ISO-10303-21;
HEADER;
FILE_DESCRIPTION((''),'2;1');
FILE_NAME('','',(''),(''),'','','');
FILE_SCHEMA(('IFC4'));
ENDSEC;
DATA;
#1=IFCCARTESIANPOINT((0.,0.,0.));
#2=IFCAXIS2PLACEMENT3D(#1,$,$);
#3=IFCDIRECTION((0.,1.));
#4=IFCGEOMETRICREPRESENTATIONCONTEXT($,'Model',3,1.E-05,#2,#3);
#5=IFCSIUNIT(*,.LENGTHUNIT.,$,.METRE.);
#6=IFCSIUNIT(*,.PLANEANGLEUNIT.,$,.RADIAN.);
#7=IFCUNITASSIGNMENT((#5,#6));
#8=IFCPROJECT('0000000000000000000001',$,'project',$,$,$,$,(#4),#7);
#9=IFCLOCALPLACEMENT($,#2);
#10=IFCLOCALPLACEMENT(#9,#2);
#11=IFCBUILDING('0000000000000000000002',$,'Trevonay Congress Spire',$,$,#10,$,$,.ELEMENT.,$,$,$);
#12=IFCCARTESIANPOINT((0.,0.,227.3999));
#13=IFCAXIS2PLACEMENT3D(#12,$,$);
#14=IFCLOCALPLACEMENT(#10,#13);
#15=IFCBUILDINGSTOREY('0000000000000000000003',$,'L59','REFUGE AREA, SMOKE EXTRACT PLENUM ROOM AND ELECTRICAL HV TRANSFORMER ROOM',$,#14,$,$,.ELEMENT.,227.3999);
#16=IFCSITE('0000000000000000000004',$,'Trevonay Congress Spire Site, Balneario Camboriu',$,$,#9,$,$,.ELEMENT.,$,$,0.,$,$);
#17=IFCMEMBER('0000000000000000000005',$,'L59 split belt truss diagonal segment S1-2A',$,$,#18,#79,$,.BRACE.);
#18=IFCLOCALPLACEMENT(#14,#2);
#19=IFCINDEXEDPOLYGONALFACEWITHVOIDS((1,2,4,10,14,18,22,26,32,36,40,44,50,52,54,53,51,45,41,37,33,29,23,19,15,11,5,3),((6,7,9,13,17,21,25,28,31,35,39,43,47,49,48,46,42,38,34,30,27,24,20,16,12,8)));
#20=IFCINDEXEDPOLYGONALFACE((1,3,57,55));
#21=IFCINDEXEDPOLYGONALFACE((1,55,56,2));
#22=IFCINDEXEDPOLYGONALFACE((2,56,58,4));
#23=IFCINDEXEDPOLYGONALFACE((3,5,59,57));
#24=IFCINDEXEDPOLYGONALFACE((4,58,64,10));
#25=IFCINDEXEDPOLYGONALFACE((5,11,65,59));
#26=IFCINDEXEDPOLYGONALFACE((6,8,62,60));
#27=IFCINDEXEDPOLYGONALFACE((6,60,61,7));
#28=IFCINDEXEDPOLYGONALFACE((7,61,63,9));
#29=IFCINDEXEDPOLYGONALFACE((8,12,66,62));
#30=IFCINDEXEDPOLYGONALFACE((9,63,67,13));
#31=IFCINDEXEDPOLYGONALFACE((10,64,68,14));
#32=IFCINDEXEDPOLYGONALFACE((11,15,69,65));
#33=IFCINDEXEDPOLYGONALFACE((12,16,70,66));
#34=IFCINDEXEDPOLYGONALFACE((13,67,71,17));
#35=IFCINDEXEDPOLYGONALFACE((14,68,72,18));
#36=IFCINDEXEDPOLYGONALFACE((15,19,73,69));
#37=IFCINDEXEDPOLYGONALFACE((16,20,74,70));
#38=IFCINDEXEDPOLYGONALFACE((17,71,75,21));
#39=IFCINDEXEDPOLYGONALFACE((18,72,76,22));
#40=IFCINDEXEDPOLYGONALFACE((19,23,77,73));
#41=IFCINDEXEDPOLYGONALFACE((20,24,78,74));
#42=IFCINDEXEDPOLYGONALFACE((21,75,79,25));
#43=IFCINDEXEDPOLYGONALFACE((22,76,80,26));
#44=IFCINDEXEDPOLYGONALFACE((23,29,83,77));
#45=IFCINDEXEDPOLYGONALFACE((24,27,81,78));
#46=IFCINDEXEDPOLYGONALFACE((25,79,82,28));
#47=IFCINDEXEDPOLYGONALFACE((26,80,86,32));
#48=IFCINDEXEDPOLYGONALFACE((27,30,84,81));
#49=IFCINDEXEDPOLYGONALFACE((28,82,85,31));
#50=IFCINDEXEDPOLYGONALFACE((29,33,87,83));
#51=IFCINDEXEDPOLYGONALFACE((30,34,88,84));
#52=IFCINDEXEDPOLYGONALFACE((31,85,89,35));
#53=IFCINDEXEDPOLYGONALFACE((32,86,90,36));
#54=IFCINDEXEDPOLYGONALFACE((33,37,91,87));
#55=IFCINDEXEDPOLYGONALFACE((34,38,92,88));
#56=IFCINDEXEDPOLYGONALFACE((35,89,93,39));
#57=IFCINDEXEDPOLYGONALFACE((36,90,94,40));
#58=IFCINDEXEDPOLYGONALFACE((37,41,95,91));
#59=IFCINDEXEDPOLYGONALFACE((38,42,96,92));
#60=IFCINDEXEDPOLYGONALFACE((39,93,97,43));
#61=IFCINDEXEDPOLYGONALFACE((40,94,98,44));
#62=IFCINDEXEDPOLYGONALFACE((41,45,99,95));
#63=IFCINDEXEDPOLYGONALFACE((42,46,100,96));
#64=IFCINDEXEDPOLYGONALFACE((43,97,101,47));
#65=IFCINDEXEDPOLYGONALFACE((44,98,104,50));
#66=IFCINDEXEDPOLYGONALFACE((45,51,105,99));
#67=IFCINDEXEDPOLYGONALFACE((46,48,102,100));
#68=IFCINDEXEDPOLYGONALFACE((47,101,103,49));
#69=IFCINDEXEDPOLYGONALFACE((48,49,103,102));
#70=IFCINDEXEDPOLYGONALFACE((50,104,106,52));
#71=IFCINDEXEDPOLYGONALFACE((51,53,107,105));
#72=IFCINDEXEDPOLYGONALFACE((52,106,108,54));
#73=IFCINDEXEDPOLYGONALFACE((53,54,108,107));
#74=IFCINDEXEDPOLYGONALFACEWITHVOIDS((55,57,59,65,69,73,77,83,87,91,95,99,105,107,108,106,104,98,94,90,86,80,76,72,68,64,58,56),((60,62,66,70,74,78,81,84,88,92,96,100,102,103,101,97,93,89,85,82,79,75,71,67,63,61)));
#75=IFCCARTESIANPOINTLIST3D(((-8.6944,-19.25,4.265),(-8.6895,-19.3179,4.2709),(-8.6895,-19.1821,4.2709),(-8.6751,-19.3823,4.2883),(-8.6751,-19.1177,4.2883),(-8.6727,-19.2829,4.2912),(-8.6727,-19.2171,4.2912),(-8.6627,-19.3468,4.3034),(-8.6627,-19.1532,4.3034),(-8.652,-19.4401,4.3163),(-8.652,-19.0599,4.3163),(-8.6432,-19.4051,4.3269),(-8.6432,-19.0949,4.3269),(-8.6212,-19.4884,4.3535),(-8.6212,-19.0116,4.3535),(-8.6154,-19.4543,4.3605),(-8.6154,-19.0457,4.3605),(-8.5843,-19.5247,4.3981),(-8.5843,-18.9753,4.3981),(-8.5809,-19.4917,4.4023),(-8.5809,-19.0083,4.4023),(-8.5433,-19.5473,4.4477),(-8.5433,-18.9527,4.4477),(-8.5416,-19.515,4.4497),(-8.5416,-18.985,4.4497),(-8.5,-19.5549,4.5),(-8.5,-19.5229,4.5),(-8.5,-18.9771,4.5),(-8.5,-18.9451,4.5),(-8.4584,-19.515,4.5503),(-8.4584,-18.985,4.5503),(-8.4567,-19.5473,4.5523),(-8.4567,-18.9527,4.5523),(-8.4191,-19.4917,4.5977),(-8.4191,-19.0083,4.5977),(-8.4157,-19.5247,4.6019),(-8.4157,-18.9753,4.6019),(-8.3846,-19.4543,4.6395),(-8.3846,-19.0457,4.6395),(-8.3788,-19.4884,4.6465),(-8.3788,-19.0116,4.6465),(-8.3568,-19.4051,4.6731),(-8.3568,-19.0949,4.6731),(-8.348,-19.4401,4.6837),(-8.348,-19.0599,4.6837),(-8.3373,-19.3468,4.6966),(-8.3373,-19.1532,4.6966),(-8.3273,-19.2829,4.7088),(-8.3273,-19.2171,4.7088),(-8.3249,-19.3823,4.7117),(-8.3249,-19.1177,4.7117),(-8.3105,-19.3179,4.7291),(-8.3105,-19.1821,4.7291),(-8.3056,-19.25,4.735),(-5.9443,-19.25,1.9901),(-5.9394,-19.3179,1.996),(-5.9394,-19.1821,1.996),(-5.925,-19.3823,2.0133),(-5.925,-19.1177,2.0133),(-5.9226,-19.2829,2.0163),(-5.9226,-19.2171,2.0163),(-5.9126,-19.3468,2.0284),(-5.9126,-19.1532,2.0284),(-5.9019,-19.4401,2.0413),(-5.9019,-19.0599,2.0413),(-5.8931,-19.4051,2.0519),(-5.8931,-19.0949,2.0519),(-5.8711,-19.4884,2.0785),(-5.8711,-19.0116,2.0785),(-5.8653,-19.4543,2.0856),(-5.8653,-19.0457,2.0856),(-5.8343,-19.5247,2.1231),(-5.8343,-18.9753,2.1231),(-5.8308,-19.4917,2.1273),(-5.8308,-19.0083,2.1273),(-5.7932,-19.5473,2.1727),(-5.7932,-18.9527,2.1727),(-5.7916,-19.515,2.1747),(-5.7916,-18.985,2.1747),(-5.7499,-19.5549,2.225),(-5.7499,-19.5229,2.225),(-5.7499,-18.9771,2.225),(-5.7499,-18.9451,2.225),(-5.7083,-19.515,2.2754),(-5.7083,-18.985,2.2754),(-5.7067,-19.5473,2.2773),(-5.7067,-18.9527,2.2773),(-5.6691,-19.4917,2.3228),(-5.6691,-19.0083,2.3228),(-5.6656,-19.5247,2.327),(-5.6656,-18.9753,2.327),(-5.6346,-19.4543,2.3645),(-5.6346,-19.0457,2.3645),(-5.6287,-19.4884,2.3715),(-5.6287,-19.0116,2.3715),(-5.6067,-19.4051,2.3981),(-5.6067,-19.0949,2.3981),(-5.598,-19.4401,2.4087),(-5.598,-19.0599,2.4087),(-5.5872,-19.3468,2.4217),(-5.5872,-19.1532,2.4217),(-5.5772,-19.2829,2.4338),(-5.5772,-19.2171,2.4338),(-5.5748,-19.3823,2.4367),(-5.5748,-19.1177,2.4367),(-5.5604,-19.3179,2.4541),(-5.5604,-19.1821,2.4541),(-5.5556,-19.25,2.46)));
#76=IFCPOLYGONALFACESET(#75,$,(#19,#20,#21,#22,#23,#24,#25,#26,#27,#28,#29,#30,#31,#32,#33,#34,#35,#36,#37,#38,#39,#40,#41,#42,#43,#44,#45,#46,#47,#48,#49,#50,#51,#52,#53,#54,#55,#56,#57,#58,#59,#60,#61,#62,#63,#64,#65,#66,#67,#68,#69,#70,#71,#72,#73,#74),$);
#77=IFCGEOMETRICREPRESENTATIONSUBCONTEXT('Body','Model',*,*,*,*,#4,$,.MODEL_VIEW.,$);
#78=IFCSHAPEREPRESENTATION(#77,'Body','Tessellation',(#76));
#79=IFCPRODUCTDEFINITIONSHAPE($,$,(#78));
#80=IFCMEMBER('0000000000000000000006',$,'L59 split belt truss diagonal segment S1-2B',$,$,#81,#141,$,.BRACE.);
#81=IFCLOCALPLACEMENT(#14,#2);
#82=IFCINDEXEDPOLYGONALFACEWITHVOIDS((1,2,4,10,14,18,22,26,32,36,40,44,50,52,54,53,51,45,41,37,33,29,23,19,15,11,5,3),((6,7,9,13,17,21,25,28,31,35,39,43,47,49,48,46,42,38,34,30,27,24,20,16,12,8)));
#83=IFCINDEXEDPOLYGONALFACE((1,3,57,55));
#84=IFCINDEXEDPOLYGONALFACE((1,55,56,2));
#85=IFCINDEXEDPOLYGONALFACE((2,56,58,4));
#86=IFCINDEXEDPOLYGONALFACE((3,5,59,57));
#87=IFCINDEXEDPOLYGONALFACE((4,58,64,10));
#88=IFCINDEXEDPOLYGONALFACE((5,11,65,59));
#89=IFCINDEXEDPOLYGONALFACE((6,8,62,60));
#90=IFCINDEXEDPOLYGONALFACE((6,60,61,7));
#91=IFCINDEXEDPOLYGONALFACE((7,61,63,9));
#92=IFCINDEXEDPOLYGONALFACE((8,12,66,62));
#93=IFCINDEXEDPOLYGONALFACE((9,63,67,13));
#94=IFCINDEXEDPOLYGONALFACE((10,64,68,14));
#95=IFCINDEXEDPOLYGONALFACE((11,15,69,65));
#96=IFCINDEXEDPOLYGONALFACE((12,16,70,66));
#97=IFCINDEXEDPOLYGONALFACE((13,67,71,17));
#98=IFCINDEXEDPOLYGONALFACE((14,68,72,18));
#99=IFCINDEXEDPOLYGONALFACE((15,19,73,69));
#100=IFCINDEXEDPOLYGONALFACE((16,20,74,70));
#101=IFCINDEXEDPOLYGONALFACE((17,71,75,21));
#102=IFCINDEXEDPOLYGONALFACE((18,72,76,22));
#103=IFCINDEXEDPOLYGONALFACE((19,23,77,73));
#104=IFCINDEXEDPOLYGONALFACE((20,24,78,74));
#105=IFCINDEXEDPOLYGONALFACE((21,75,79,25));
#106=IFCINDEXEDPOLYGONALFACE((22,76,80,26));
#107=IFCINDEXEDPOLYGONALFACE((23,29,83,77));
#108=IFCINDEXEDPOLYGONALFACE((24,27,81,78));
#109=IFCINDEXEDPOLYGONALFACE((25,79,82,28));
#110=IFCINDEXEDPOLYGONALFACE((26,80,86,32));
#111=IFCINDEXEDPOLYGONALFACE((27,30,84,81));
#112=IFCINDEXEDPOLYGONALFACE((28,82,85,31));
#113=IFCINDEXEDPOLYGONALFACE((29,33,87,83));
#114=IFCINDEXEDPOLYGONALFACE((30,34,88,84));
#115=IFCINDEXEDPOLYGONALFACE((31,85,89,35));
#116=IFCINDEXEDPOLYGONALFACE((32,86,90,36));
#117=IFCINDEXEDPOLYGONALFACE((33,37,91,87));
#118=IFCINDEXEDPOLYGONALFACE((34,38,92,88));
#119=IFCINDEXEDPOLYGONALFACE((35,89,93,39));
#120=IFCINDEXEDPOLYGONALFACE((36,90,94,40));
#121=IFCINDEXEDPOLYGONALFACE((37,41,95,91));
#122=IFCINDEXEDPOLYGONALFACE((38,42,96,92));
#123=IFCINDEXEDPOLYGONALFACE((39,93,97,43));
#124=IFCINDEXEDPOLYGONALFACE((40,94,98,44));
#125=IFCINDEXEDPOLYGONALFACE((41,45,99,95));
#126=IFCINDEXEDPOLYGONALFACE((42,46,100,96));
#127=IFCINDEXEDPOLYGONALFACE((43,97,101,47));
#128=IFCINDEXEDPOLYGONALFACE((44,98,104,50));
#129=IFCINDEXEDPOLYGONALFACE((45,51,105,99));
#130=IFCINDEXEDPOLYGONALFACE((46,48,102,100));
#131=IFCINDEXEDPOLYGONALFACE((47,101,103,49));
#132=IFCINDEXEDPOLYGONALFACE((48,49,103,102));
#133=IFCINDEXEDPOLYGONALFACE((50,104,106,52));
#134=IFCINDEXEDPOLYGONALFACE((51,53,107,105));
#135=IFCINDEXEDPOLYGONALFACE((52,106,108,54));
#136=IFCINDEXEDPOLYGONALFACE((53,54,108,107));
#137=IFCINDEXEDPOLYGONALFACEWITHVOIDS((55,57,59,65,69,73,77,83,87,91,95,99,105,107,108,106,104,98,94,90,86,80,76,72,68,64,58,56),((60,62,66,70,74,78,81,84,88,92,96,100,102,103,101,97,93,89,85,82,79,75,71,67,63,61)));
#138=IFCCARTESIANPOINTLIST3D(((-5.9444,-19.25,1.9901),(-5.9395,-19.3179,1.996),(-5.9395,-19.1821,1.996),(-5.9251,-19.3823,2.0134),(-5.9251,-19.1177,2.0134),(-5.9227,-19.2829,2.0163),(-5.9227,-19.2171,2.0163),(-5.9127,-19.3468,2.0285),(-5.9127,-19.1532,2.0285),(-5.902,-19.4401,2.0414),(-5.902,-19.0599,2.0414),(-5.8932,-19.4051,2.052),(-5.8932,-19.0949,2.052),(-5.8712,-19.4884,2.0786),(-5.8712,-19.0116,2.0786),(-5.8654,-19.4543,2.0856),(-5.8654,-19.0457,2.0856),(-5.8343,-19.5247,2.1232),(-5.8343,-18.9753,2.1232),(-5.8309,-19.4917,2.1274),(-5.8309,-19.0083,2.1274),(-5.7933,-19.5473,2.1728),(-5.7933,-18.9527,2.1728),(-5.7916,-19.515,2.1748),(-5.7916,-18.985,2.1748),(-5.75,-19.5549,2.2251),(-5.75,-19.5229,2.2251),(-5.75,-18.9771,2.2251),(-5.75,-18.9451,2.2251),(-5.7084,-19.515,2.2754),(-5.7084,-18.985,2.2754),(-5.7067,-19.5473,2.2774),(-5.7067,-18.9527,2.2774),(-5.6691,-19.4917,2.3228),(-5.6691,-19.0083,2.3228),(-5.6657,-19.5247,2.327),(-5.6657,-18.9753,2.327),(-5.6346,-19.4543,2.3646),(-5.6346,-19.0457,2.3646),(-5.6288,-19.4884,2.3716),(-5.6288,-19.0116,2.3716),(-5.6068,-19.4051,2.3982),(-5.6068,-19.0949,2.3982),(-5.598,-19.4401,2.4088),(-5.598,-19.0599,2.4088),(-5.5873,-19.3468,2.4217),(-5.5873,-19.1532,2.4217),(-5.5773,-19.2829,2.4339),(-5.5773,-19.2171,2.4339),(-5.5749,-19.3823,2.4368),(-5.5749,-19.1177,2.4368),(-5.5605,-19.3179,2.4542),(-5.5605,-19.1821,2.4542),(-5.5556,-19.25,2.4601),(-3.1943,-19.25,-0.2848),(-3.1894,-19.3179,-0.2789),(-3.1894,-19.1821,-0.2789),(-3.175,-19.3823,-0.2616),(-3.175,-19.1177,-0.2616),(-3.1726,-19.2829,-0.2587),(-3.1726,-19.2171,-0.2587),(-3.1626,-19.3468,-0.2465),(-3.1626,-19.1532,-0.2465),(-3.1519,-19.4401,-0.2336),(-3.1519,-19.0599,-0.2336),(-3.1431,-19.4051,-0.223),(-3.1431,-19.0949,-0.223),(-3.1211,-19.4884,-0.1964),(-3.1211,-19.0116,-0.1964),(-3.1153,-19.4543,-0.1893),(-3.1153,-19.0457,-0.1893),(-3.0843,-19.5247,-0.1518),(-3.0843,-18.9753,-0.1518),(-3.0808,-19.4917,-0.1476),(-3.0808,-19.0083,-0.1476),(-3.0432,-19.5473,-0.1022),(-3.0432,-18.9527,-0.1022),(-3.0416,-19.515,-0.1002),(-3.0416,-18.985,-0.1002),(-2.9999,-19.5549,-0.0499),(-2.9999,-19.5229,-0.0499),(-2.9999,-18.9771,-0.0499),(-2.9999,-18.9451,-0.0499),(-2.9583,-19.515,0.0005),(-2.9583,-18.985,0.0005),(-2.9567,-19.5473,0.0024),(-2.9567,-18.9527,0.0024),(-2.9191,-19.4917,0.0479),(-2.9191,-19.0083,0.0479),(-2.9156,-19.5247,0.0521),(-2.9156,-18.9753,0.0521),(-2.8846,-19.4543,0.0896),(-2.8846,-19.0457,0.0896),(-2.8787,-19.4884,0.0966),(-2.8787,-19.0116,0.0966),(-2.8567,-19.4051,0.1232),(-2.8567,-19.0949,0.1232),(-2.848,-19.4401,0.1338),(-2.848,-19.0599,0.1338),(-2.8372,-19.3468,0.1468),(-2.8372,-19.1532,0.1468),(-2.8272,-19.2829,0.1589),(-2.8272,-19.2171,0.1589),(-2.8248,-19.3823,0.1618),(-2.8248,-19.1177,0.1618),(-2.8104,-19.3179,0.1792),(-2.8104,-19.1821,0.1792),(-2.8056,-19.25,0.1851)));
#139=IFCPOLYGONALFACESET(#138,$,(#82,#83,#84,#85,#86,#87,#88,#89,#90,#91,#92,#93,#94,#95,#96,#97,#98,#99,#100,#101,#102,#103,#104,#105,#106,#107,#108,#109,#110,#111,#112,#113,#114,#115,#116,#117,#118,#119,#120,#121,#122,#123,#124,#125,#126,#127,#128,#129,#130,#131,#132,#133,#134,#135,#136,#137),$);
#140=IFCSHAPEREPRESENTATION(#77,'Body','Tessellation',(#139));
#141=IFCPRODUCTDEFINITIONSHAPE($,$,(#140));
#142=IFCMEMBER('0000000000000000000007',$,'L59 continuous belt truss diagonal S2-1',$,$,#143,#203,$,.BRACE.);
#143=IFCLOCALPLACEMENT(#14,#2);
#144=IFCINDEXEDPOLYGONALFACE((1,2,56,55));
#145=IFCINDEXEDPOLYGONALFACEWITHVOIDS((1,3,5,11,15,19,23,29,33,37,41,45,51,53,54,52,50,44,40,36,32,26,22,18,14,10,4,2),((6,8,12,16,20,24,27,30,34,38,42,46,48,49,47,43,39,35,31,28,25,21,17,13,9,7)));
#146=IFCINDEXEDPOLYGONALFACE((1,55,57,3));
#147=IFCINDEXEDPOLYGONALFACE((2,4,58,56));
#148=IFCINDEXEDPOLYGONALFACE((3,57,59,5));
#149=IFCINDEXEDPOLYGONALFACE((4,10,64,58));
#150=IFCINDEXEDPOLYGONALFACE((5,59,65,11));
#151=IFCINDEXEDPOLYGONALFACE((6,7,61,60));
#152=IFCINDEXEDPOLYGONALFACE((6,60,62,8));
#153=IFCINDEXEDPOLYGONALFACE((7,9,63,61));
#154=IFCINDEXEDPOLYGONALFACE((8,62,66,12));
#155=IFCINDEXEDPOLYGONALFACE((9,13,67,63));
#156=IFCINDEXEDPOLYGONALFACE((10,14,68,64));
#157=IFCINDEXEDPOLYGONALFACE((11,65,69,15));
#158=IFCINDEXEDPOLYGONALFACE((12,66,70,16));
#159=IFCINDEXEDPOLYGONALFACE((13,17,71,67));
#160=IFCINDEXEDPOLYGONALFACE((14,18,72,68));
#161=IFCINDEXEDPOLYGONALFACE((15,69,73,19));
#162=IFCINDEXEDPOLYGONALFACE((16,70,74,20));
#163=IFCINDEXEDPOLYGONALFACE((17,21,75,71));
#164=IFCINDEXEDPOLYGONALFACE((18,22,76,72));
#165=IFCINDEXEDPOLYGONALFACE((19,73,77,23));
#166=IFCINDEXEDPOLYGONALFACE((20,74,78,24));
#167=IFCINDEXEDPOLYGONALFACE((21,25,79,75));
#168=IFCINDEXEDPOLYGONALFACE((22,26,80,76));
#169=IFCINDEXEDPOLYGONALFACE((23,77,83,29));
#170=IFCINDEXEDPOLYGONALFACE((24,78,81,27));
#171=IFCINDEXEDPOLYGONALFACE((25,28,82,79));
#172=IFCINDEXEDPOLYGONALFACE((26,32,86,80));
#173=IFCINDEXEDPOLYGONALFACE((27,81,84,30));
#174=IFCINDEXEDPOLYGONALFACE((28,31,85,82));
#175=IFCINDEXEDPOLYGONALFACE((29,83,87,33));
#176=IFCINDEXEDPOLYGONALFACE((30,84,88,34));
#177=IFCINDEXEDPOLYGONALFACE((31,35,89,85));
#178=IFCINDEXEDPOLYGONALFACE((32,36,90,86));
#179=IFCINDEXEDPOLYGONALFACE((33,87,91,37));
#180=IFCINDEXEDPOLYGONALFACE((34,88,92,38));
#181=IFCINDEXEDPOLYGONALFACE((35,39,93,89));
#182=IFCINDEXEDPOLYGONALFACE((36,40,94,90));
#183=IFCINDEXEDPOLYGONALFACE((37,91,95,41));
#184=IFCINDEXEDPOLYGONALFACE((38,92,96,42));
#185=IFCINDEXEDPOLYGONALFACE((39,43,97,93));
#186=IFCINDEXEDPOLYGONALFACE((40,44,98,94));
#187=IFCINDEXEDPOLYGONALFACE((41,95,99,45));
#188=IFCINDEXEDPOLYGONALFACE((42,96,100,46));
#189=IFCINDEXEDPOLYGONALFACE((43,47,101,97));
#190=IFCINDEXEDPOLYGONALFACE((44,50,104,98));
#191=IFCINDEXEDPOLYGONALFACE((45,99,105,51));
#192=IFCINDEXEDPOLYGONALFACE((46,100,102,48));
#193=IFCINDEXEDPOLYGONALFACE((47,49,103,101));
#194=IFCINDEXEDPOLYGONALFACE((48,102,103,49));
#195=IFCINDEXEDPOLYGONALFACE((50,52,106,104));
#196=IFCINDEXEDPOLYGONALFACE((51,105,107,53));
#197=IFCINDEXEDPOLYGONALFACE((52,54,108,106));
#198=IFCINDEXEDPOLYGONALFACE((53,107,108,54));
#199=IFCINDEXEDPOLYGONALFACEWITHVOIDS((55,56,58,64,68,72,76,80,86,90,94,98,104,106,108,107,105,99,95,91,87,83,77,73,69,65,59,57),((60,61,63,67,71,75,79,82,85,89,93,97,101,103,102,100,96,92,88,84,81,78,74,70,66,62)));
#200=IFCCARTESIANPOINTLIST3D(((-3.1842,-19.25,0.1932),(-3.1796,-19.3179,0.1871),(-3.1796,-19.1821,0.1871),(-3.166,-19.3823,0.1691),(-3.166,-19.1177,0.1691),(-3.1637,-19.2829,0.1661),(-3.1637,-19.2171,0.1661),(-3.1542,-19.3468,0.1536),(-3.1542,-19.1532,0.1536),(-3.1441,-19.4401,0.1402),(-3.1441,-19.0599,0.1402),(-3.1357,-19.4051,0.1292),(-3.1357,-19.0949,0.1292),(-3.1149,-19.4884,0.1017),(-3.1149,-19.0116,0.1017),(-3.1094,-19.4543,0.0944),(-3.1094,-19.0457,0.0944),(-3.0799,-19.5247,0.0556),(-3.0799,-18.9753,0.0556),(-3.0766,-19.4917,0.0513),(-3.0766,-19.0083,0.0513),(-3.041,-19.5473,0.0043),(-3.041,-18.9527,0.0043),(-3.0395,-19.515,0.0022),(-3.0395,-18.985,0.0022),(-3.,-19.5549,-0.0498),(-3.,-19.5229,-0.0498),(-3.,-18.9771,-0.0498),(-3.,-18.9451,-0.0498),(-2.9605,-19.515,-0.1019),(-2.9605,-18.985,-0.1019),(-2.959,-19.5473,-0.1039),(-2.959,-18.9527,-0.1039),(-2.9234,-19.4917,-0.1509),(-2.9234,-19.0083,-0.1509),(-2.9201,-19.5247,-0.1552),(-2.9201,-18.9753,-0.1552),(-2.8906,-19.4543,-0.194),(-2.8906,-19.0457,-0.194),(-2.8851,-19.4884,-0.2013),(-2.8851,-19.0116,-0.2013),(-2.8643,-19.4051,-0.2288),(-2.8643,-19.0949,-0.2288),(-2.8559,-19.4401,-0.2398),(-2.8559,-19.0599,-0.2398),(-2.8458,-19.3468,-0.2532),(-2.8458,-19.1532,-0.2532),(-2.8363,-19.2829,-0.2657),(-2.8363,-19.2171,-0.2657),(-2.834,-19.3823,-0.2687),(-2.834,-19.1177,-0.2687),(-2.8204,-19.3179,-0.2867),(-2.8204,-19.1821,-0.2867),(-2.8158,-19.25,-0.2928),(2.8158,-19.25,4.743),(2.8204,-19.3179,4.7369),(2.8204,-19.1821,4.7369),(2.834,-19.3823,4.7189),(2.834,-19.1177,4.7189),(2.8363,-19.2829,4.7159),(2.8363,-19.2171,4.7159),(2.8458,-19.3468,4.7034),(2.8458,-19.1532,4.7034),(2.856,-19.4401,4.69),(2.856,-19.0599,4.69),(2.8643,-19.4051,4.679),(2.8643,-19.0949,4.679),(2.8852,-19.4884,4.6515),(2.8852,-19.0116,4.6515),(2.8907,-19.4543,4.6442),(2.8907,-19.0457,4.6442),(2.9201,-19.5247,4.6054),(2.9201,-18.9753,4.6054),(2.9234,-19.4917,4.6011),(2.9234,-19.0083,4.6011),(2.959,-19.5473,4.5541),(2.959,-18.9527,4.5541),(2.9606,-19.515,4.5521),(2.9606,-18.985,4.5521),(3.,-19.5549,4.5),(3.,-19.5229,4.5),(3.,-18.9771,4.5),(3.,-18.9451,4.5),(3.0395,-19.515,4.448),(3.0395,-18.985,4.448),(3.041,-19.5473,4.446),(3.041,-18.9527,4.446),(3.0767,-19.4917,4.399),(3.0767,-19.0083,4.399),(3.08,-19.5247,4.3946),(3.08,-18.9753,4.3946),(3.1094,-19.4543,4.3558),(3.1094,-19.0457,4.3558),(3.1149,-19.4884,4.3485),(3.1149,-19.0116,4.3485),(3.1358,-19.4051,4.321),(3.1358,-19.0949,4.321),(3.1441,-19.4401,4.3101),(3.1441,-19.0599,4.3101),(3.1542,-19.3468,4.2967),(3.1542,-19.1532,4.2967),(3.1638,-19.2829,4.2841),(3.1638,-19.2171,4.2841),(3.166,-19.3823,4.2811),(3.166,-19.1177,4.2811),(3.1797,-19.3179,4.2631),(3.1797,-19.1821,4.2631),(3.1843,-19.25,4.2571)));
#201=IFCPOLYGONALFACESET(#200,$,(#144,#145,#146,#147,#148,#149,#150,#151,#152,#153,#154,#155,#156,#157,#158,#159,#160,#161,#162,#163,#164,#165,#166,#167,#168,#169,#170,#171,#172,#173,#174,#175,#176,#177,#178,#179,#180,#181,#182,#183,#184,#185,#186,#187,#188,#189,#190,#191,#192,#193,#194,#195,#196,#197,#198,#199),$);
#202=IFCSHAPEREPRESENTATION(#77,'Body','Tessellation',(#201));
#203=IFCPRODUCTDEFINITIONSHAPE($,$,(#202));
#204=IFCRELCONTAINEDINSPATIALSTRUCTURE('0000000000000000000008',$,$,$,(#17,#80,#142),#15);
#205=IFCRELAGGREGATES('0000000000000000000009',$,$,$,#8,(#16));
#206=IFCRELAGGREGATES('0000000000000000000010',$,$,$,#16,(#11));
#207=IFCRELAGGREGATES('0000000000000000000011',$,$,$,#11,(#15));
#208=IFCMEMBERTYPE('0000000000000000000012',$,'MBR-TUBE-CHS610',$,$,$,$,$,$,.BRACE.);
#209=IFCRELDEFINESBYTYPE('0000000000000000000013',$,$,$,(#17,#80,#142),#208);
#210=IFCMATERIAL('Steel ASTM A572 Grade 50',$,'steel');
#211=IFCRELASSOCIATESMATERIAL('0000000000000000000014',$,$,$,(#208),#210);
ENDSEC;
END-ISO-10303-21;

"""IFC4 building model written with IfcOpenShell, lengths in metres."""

from ifc_helpers import new_model, si_unit, direction, frame, origin, origin_2d, place, context, subcontext, project, spatial, hollow_circle, extrude, material, material_profile, profile_set, type_object, element, save


model = new_model("IFC4")

# Units and contexts
model_context = context("Model", 3, precision=1e-05, world=origin(), true_north=direction((0.0, 1.0)))
body_context = subcontext(model_context, "Body", "Model", "MODEL_VIEW")
ifc_project = project(units=[si_unit("LENGTHUNIT", "METRE"), si_unit("PLANEANGLEUNIT", "RADIAN")], contexts=[model_context])

# Site, building, storey
site_placement = place(None, origin())
site = spatial("IfcSite", under=ifc_project, at=site_placement, Name="Trevonay Congress Spire Site, Balneario Camboriu", CompositionType="ELEMENT", RefElevation=0.0)
building_placement = place(site_placement, origin())
building = spatial("IfcBuilding", under=site, at=building_placement, Name="Trevonay Congress Spire", CompositionType="ELEMENT")
storey_placement = place(building_placement, frame((0.0, 0.0, 227.3999)))
storey = spatial("IfcBuildingStorey", under=building, at=storey_placement, Name="L59", Description="REFUGE AREA, SMOKE EXTRACT PLENUM ROOM AND ELECTRICAL HV TRANSFORMER ROOM", CompositionType="ELEMENT", Elevation=227.3999)

# Shared definitions
ifc_material_1 = material(Name="Steel ASTM A572 Grade 50", Category="steel")

# Members
ifc_material_profile_1 = material_profile(ifc_material_1, hollow_circle(Radius=0.3049, WallThickness=0.032, at=origin_2d()), Name="CHS 610x32")
ifc_profile_set_1 = profile_set([ifc_material_profile_1], Name="Steel ASTM A572 Grade 50")
member_type = type_object("IfcMemberType", Name="MBR-TUBE-CHS610", PredefinedType="BRACE", material=ifc_profile_set_1)
for number, where, z_axis, x_axis, name in (
    (1, (-8.5, -19.25, 4.5), (0.770526, 0.0, -0.637408), (0.0, 1.0, 0.0), "L59 split belt truss diagonal segment S1-2A"),
    (2, (-5.75, -19.25, 2.2251), (0.770526, 0.0, -0.637408), (0.0, 1.0, 0.0), "L59 split belt truss diagonal segment S1-2B"),
):
    element("IfcMember", number, at=place(storey_placement, frame(where, z_axis=z_axis, x_axis=x_axis)), inside=storey, type_object=member_type, Name=name, PredefinedType="BRACE", context=body_context, shape_type="SweptSolid", body=[
        extrude(hollow_circle(Radius=0.3049, WallThickness=0.032, at=origin_2d()), origin(), (0.0, 0.0, 1.0), 3.5691),
    ])
member_1_placement = place(storey_placement, frame((-3.0, -19.25, -0.0498), z_axis=(0.796814, 0.0, 0.604225), x_axis=(0.0, 1.0, 0.0)))
element("IfcMember", 3, at=member_1_placement, inside=storey, type_object=member_type, Name="L59 continuous belt truss diagonal S2-1", PredefinedType="BRACE", context=body_context, shape_type="SweptSolid", body=[
    extrude(hollow_circle(Radius=0.3049, WallThickness=0.032, at=origin_2d()), origin(), (0.0, 0.0, 1.0), 7.53),
])

save(model, "model.ifc")
